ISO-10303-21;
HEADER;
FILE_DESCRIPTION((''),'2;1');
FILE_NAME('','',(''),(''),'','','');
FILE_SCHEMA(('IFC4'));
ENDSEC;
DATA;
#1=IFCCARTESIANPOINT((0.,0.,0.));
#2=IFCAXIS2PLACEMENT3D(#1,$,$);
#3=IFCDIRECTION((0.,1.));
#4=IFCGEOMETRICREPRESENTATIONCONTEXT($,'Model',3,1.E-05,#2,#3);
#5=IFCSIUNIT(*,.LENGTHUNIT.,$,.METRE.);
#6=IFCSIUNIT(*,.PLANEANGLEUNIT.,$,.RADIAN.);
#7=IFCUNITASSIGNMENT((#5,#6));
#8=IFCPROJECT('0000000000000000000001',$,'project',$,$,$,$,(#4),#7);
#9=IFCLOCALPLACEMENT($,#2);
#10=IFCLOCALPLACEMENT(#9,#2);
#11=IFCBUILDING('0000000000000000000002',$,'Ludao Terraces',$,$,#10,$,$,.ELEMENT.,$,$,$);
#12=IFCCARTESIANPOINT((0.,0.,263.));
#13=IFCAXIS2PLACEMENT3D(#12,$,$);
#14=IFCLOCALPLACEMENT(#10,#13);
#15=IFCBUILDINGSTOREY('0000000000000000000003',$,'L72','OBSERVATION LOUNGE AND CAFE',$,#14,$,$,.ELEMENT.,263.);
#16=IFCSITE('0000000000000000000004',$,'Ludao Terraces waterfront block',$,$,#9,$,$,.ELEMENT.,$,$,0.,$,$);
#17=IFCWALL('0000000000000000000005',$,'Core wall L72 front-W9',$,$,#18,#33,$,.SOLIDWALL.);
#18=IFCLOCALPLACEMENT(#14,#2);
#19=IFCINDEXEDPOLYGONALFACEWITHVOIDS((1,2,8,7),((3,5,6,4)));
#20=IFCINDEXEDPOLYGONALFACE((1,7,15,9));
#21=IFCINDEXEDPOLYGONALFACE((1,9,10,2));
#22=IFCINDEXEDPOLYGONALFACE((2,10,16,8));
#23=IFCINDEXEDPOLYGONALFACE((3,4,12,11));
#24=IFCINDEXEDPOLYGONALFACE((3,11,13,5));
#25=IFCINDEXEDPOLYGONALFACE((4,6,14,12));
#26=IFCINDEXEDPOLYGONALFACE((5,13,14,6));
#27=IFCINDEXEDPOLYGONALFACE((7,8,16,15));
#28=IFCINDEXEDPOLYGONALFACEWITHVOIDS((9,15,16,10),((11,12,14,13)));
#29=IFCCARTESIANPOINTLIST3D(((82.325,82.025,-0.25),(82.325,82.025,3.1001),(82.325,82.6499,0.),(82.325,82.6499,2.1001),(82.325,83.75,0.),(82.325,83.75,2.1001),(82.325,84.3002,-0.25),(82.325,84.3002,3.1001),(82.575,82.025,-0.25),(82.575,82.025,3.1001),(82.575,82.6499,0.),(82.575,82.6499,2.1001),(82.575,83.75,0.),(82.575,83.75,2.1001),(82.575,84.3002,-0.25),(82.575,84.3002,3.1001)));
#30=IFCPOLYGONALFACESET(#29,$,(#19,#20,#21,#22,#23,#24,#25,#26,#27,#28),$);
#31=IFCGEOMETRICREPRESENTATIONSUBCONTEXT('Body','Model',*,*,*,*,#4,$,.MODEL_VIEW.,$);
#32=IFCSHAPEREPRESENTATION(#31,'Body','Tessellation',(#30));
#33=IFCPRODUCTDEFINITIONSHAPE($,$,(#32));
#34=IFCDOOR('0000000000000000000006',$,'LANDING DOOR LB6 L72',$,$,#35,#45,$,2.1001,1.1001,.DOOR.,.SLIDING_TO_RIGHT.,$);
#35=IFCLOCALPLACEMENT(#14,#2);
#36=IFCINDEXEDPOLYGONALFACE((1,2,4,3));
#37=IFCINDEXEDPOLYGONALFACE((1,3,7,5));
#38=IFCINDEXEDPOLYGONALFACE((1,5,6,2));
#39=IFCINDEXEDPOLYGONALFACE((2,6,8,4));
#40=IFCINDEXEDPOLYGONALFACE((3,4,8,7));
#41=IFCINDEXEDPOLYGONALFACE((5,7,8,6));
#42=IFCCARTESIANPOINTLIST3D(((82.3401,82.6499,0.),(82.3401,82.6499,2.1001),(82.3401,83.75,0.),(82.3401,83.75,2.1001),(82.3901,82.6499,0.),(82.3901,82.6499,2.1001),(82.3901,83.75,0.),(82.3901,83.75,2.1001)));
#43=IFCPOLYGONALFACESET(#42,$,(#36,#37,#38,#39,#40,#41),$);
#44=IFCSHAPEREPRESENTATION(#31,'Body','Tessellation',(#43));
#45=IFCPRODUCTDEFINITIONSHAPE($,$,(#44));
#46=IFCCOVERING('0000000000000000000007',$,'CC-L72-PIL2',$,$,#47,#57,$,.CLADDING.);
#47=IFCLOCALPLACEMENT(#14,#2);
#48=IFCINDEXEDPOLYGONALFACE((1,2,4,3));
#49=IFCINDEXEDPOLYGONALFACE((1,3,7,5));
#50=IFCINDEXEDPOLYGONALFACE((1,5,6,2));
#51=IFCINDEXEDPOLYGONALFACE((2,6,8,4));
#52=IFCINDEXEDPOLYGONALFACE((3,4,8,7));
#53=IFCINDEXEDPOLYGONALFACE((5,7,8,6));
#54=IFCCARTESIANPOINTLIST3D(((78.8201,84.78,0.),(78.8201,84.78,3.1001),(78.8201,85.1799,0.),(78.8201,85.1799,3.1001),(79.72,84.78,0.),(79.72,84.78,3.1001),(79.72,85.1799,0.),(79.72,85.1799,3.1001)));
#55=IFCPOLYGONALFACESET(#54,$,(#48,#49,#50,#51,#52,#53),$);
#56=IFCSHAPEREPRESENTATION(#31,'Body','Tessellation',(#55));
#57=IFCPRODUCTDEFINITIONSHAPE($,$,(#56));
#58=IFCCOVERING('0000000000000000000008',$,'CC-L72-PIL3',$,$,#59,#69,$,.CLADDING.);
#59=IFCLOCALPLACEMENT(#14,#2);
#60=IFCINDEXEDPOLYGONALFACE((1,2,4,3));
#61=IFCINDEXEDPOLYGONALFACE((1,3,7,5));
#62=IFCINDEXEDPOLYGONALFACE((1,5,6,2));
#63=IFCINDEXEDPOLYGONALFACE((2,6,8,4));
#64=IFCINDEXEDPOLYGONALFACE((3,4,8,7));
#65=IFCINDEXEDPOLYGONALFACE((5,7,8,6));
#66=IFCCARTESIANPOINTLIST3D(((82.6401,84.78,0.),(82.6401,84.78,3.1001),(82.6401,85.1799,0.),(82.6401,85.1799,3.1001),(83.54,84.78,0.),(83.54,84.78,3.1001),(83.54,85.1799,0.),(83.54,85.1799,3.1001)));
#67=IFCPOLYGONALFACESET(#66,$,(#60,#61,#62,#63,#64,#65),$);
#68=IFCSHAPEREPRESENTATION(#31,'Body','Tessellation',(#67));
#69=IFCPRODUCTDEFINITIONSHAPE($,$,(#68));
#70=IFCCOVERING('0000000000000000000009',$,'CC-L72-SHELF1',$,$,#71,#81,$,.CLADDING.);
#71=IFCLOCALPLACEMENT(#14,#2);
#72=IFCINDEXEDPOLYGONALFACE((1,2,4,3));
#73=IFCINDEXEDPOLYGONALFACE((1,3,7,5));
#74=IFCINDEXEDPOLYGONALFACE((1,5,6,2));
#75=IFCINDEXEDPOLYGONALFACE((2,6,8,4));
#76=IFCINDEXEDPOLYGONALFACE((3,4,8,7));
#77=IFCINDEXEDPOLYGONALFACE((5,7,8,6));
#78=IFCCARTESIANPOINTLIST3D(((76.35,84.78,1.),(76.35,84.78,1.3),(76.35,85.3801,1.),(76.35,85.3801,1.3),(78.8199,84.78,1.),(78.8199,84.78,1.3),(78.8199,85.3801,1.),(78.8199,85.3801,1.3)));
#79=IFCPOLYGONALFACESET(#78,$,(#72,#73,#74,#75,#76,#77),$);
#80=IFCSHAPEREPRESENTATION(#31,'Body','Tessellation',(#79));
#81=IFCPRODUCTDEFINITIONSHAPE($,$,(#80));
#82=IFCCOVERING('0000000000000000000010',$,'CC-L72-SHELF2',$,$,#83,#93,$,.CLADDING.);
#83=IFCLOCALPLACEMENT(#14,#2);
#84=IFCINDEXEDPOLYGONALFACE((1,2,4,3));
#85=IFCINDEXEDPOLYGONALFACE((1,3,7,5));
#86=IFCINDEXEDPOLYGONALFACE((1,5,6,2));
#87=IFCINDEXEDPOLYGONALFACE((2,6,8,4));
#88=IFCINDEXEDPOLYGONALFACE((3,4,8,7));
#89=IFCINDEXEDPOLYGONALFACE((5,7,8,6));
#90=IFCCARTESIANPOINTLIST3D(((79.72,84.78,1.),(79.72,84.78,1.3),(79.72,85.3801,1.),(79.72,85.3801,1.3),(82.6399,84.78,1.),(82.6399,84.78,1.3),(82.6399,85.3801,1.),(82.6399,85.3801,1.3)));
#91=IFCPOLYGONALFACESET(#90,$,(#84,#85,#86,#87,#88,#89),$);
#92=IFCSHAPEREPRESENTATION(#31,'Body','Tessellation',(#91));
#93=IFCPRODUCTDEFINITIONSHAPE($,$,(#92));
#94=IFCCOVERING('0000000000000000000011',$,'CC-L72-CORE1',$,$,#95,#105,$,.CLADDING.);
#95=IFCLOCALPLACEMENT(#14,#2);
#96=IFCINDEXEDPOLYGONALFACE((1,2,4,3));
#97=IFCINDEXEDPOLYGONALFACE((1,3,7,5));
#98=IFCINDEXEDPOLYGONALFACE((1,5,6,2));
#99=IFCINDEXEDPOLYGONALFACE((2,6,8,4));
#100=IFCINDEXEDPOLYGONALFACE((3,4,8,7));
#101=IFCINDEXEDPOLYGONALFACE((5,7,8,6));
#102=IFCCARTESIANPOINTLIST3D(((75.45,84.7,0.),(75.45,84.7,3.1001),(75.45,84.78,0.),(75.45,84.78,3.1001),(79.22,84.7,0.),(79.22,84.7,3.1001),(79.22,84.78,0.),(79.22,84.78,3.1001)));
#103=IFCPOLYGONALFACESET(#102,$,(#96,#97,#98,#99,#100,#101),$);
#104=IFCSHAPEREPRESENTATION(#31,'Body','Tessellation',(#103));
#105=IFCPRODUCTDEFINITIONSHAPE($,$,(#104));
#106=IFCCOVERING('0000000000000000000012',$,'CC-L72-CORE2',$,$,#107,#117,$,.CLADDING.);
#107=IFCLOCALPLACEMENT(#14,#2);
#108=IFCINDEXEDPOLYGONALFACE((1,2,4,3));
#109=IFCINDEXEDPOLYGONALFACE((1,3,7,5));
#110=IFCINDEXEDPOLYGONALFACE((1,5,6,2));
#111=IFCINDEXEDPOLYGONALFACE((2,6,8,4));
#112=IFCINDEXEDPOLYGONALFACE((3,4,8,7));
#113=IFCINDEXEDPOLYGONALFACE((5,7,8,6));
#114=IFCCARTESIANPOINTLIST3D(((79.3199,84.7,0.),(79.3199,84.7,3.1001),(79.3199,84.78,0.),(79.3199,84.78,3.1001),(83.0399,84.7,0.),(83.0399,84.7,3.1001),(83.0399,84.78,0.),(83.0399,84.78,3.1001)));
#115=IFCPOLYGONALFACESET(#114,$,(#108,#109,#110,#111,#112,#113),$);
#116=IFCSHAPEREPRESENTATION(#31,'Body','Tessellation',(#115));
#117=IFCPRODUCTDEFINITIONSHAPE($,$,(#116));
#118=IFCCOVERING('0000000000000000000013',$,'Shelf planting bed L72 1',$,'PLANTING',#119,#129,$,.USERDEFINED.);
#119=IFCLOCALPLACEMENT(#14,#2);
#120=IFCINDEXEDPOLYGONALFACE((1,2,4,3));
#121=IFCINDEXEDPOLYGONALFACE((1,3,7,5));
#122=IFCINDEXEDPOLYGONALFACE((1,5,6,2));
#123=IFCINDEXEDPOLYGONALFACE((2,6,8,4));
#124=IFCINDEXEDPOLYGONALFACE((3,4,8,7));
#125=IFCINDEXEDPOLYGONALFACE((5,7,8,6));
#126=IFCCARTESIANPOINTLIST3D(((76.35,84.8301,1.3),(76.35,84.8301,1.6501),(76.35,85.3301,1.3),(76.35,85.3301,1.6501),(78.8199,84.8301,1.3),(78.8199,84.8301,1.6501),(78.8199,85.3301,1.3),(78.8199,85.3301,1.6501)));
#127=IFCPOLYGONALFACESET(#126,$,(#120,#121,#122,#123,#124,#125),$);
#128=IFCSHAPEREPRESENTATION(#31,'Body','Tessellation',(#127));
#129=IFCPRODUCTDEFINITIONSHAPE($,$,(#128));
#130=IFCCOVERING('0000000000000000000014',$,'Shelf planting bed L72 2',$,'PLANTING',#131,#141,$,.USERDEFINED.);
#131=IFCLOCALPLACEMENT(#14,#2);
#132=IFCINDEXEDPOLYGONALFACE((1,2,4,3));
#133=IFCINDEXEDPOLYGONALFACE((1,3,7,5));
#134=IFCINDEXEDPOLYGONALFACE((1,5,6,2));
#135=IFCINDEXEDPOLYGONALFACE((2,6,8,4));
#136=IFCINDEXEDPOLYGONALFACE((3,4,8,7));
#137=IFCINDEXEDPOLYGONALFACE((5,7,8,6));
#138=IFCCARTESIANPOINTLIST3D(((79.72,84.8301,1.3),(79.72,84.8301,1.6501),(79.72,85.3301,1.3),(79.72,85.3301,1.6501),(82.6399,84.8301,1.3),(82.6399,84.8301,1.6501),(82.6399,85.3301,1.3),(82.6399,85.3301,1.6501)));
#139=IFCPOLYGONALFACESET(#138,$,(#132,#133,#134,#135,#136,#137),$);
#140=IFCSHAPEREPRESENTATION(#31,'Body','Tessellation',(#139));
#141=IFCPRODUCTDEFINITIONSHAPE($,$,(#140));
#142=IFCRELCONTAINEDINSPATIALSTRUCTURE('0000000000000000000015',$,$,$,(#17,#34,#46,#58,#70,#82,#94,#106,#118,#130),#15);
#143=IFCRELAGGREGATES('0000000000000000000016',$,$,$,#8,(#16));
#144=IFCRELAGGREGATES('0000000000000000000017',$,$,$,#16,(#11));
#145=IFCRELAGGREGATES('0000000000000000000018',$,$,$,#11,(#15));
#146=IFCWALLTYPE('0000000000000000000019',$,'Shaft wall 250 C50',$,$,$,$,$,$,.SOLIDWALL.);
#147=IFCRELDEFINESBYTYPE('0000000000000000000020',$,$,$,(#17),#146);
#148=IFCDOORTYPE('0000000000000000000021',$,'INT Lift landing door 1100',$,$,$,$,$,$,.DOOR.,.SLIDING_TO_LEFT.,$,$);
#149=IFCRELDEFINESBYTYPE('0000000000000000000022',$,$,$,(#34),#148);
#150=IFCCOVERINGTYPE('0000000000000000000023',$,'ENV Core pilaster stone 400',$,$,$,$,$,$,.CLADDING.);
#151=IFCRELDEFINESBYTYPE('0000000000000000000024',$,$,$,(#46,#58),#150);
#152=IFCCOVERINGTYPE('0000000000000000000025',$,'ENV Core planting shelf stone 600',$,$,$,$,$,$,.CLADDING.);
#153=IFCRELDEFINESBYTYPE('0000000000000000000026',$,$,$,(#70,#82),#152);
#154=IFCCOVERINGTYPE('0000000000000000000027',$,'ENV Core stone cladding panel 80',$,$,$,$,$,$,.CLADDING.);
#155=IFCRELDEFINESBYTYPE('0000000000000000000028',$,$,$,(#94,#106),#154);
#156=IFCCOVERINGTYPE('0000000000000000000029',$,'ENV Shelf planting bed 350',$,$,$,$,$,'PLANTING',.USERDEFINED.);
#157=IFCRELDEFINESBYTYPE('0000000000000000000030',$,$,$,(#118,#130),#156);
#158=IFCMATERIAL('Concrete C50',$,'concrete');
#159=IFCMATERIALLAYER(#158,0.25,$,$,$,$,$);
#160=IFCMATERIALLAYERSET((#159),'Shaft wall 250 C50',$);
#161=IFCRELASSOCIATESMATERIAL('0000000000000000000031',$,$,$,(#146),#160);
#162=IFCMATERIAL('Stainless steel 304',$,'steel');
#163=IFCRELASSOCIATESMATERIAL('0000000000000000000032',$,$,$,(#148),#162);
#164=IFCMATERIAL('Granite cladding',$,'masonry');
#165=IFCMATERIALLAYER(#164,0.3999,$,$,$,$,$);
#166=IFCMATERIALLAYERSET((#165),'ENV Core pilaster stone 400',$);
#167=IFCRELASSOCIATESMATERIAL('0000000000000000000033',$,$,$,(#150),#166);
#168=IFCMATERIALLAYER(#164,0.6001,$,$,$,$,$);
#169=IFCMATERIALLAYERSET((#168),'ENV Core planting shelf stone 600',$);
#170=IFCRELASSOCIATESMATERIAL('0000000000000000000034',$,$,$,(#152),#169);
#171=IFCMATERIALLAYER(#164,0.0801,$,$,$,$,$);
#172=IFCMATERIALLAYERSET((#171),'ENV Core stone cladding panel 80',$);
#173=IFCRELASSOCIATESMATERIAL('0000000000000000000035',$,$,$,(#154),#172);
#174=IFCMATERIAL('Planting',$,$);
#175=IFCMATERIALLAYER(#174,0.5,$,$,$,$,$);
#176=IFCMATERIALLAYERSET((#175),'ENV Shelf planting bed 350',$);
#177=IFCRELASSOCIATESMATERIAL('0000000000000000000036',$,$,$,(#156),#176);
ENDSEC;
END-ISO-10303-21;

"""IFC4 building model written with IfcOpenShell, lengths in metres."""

from ifc_helpers import new_model, si_unit, direction, frame, frame_2d, origin, origin_2d, place, context, subcontext, project, spatial, rectangle, extrude, material, layer, layer_set, type_object, element, fill, save


model = new_model("IFC4")

# Units and contexts
model_context = context("Model", 3, precision=1e-05, world=origin(), true_north=direction((0.0, 1.0)))
body_context = subcontext(model_context, "Body", "Model", "MODEL_VIEW")
ifc_project = project(units=[si_unit("LENGTHUNIT", "METRE"), si_unit("PLANEANGLEUNIT", "RADIAN")], contexts=[model_context])

# Site, building, storey
site_placement = place(None, origin())
site = spatial("IfcSite", under=ifc_project, at=site_placement, Name="Ludao Terraces waterfront block", CompositionType="ELEMENT", RefElevation=0.0)
building_placement = place(site_placement, origin())
building = spatial("IfcBuilding", under=site, at=building_placement, Name="Ludao Terraces", CompositionType="ELEMENT")
storey_placement = place(building_placement, frame((0.0, 0.0, 263.0)))
storey = spatial("IfcBuildingStorey", under=building, at=storey_placement, Name="L72", Description="OBSERVATION LOUNGE AND CAFE", CompositionType="ELEMENT", Elevation=263.0)

# Shared definitions
ifc_material_1 = material(Name="Concrete C50", Category="concrete")
ifc_layer_1 = layer(ifc_material_1, 0.25)
ifc_layer_set_1 = layer_set([ifc_layer_1], Name="Shaft wall 250 C50")
wall_type_1 = type_object("IfcWallType", Name="Shaft wall 250 C50", PredefinedType="SOLIDWALL", material=ifc_layer_set_1)

# Shared definitions
ifc_material_2 = material(Name="Stainless steel 304", Category="steel")
door_type_1 = type_object("IfcDoorType", Name="INT Lift landing door 1100", OperationType="SLIDING_TO_LEFT", PredefinedType="DOOR", material=ifc_material_2)

# Wall, opening, door
wall_1_placement = place(storey_placement, frame((82.45, 82.0249, -0.25), z_axis=(0.0, 0.0, 1.0), x_axis=(0.0, 1.0, 0.0)))
wall_1 = element("IfcWall", 1, at=wall_1_placement, inside=storey, type_object=wall_type_1, Name="Core wall L72 front-W9", PredefinedType="SOLIDWALL", context=body_context, shape_type="SweptSolid", body=[
    extrude(rectangle(XDim=2.2751, YDim=0.25, at=frame_2d((1.1377, 0.0))), origin(), (0.0, 0.0, 1.0), 3.3501),
])
opening_1_placement = place(wall_1_placement, frame((0.625, 0.0, 0.25)))
opening_1 = element("IfcOpeningElement", 2, at=opening_1_placement, cuts=wall_1, PredefinedType="OPENING", context=body_context, shape_type="SweptSolid", body=[
    extrude(rectangle(XDim=1.1001, YDim=2.1001, at=frame_2d((0.55, 1.05))), frame((0.0, 0.135, 0.0), z_axis=(0.0, -1.0, 0.0), x_axis=(1.0, 0.0, 0.0)), (0.0, 0.0, 1.0), 0.27),
])
door_1_placement = place(opening_1_placement, origin())
door_1 = element("IfcDoor", 3, at=door_1_placement, inside=storey, type_object=door_type_1, Name="LANDING DOOR LB6 L72", OperationType="SLIDING_TO_RIGHT", OverallHeight=2.1001, OverallWidth=1.1001, PredefinedType="DOOR", context=body_context, shape_type="SweptSolid", body=[
    extrude(rectangle(XDim=1.1001, YDim=2.1001, at=frame_2d((0.55, 1.05))), frame((0.0, 0.1099, 0.0), z_axis=(0.0, -1.0, 0.0), x_axis=(1.0, 0.0, 0.0)), (0.0, 0.0, 1.0), 0.05),
])
fill(opening_1, door_1)

# Coverings
ifc_material_3 = material(Name="Granite cladding", Category="masonry")
ifc_layer_2 = layer(ifc_material_3, 0.3999)
ifc_layer_set_2 = layer_set([ifc_layer_2], Name="ENV Core pilaster stone 400")
covering_type_1 = type_object("IfcCoveringType", Name="ENV Core pilaster stone 400", PredefinedType="CLADDING", material=ifc_layer_set_2)
for number, where, z_axis, x_axis, name in (
    (4, (79.27, 84.98, 0.0), (0.0, 0.0, 1.0), (1.0, 0.0, 0.0), "CC-L72-PIL2"),
    (5, (83.0901, 84.98, 0.0), (0.0, 0.0, 1.0), (1.0, 0.0, 0.0), "CC-L72-PIL3"),
):
    element("IfcCovering", number, at=place(storey_placement, frame(where, z_axis=z_axis, x_axis=x_axis)), inside=storey, type_object=covering_type_1, Name=name, PredefinedType="CLADDING", context=body_context, shape_type="SweptSolid", body=[
        extrude(rectangle(XDim=0.8999, YDim=0.3999, at=origin_2d()), origin(), (0.0, 0.0, 1.0), 3.1001),
    ])
ifc_layer_3 = layer(ifc_material_3, 0.6001)
ifc_layer_set_3 = layer_set([ifc_layer_3], Name="ENV Core planting shelf stone 600")
covering_type_2 = type_object("IfcCoveringType", Name="ENV Core planting shelf stone 600", PredefinedType="CLADDING", material=ifc_layer_set_3)
covering_1_placement = place(storey_placement, frame((77.585, 85.0801, 1.0), z_axis=(0.0, 0.0, 1.0), x_axis=(1.0, 0.0, 0.0)))
element("IfcCovering", 6, at=covering_1_placement, inside=storey, type_object=covering_type_2, Name="CC-L72-SHELF1", PredefinedType="CLADDING", context=body_context, shape_type="SweptSolid", body=[
    extrude(rectangle(XDim=2.47, YDim=0.6001, at=origin_2d()), origin(), (0.0, 0.0, 1.0), 0.3),
])
covering_2_placement = place(storey_placement, frame((81.1799, 85.0801, 1.0), z_axis=(0.0, 0.0, 1.0), x_axis=(1.0, 0.0, 0.0)))
element("IfcCovering", 7, at=covering_2_placement, inside=storey, type_object=covering_type_2, Name="CC-L72-SHELF2", PredefinedType="CLADDING", context=body_context, shape_type="SweptSolid", body=[
    extrude(rectangle(XDim=2.9199, YDim=0.6001, at=origin_2d()), origin(), (0.0, 0.0, 1.0), 0.3),
])
ifc_layer_4 = layer(ifc_material_3, 0.0801)
ifc_layer_set_4 = layer_set([ifc_layer_4], Name="ENV Core stone cladding panel 80")
covering_type_3 = type_object("IfcCoveringType", Name="ENV Core stone cladding panel 80", PredefinedType="CLADDING", material=ifc_layer_set_4)
covering_3_placement = place(storey_placement, frame((77.335, 84.74, 0.0), z_axis=(0.0, 0.0, 1.0), x_axis=(1.0, 0.0, 0.0)))
element("IfcCovering", 8, at=covering_3_placement, inside=storey, type_object=covering_type_3, Name="CC-L72-CORE1", PredefinedType="CLADDING", context=body_context, shape_type="SweptSolid", body=[
    extrude(rectangle(XDim=3.77, YDim=0.0801, at=origin_2d()), origin(), (0.0, 0.0, 1.0), 3.1001),
])
covering_4_placement = place(storey_placement, frame((81.1799, 84.74, 0.0), z_axis=(0.0, 0.0, 1.0), x_axis=(1.0, 0.0, 0.0)))
element("IfcCovering", 9, at=covering_4_placement, inside=storey, type_object=covering_type_3, Name="CC-L72-CORE2", PredefinedType="CLADDING", context=body_context, shape_type="SweptSolid", body=[
    extrude(rectangle(XDim=3.72, YDim=0.0801, at=origin_2d()), origin(), (0.0, 0.0, 1.0), 3.1001),
])
ifc_material_4 = material(Name="Planting")
ifc_layer_5 = layer(ifc_material_4, 0.5)
ifc_layer_set_5 = layer_set([ifc_layer_5], Name="ENV Shelf planting bed 350")
covering_type_4 = type_object("IfcCoveringType", Name="ENV Shelf planting bed 350", ElementType="PLANTING", PredefinedType="USERDEFINED", material=ifc_layer_set_5)
covering_5_placement = place(storey_placement, frame((77.585, 85.0801, 1.3), z_axis=(0.0, 0.0, 1.0), x_axis=(1.0, 0.0, 0.0)))
element("IfcCovering", 10, at=covering_5_placement, inside=storey, type_object=covering_type_4, Name="Shelf planting bed L72 1", ObjectType="PLANTING", PredefinedType="USERDEFINED", context=body_context, shape_type="SweptSolid", body=[
    extrude(rectangle(XDim=2.47, YDim=0.5, at=origin_2d()), origin(), (0.0, 0.0, 1.0), 0.3501),
])
covering_6_placement = place(storey_placement, frame((81.1799, 85.0801, 1.3), z_axis=(0.0, 0.0, 1.0), x_axis=(1.0, 0.0, 0.0)))
element("IfcCovering", 11, at=covering_6_placement, inside=storey, type_object=covering_type_4, Name="Shelf planting bed L72 2", ObjectType="PLANTING", PredefinedType="USERDEFINED", context=body_context, shape_type="SweptSolid", body=[
    extrude(rectangle(XDim=2.9199, YDim=0.5, at=origin_2d()), origin(), (0.0, 0.0, 1.0), 0.3501),
])

save(model, "model.ifc")
